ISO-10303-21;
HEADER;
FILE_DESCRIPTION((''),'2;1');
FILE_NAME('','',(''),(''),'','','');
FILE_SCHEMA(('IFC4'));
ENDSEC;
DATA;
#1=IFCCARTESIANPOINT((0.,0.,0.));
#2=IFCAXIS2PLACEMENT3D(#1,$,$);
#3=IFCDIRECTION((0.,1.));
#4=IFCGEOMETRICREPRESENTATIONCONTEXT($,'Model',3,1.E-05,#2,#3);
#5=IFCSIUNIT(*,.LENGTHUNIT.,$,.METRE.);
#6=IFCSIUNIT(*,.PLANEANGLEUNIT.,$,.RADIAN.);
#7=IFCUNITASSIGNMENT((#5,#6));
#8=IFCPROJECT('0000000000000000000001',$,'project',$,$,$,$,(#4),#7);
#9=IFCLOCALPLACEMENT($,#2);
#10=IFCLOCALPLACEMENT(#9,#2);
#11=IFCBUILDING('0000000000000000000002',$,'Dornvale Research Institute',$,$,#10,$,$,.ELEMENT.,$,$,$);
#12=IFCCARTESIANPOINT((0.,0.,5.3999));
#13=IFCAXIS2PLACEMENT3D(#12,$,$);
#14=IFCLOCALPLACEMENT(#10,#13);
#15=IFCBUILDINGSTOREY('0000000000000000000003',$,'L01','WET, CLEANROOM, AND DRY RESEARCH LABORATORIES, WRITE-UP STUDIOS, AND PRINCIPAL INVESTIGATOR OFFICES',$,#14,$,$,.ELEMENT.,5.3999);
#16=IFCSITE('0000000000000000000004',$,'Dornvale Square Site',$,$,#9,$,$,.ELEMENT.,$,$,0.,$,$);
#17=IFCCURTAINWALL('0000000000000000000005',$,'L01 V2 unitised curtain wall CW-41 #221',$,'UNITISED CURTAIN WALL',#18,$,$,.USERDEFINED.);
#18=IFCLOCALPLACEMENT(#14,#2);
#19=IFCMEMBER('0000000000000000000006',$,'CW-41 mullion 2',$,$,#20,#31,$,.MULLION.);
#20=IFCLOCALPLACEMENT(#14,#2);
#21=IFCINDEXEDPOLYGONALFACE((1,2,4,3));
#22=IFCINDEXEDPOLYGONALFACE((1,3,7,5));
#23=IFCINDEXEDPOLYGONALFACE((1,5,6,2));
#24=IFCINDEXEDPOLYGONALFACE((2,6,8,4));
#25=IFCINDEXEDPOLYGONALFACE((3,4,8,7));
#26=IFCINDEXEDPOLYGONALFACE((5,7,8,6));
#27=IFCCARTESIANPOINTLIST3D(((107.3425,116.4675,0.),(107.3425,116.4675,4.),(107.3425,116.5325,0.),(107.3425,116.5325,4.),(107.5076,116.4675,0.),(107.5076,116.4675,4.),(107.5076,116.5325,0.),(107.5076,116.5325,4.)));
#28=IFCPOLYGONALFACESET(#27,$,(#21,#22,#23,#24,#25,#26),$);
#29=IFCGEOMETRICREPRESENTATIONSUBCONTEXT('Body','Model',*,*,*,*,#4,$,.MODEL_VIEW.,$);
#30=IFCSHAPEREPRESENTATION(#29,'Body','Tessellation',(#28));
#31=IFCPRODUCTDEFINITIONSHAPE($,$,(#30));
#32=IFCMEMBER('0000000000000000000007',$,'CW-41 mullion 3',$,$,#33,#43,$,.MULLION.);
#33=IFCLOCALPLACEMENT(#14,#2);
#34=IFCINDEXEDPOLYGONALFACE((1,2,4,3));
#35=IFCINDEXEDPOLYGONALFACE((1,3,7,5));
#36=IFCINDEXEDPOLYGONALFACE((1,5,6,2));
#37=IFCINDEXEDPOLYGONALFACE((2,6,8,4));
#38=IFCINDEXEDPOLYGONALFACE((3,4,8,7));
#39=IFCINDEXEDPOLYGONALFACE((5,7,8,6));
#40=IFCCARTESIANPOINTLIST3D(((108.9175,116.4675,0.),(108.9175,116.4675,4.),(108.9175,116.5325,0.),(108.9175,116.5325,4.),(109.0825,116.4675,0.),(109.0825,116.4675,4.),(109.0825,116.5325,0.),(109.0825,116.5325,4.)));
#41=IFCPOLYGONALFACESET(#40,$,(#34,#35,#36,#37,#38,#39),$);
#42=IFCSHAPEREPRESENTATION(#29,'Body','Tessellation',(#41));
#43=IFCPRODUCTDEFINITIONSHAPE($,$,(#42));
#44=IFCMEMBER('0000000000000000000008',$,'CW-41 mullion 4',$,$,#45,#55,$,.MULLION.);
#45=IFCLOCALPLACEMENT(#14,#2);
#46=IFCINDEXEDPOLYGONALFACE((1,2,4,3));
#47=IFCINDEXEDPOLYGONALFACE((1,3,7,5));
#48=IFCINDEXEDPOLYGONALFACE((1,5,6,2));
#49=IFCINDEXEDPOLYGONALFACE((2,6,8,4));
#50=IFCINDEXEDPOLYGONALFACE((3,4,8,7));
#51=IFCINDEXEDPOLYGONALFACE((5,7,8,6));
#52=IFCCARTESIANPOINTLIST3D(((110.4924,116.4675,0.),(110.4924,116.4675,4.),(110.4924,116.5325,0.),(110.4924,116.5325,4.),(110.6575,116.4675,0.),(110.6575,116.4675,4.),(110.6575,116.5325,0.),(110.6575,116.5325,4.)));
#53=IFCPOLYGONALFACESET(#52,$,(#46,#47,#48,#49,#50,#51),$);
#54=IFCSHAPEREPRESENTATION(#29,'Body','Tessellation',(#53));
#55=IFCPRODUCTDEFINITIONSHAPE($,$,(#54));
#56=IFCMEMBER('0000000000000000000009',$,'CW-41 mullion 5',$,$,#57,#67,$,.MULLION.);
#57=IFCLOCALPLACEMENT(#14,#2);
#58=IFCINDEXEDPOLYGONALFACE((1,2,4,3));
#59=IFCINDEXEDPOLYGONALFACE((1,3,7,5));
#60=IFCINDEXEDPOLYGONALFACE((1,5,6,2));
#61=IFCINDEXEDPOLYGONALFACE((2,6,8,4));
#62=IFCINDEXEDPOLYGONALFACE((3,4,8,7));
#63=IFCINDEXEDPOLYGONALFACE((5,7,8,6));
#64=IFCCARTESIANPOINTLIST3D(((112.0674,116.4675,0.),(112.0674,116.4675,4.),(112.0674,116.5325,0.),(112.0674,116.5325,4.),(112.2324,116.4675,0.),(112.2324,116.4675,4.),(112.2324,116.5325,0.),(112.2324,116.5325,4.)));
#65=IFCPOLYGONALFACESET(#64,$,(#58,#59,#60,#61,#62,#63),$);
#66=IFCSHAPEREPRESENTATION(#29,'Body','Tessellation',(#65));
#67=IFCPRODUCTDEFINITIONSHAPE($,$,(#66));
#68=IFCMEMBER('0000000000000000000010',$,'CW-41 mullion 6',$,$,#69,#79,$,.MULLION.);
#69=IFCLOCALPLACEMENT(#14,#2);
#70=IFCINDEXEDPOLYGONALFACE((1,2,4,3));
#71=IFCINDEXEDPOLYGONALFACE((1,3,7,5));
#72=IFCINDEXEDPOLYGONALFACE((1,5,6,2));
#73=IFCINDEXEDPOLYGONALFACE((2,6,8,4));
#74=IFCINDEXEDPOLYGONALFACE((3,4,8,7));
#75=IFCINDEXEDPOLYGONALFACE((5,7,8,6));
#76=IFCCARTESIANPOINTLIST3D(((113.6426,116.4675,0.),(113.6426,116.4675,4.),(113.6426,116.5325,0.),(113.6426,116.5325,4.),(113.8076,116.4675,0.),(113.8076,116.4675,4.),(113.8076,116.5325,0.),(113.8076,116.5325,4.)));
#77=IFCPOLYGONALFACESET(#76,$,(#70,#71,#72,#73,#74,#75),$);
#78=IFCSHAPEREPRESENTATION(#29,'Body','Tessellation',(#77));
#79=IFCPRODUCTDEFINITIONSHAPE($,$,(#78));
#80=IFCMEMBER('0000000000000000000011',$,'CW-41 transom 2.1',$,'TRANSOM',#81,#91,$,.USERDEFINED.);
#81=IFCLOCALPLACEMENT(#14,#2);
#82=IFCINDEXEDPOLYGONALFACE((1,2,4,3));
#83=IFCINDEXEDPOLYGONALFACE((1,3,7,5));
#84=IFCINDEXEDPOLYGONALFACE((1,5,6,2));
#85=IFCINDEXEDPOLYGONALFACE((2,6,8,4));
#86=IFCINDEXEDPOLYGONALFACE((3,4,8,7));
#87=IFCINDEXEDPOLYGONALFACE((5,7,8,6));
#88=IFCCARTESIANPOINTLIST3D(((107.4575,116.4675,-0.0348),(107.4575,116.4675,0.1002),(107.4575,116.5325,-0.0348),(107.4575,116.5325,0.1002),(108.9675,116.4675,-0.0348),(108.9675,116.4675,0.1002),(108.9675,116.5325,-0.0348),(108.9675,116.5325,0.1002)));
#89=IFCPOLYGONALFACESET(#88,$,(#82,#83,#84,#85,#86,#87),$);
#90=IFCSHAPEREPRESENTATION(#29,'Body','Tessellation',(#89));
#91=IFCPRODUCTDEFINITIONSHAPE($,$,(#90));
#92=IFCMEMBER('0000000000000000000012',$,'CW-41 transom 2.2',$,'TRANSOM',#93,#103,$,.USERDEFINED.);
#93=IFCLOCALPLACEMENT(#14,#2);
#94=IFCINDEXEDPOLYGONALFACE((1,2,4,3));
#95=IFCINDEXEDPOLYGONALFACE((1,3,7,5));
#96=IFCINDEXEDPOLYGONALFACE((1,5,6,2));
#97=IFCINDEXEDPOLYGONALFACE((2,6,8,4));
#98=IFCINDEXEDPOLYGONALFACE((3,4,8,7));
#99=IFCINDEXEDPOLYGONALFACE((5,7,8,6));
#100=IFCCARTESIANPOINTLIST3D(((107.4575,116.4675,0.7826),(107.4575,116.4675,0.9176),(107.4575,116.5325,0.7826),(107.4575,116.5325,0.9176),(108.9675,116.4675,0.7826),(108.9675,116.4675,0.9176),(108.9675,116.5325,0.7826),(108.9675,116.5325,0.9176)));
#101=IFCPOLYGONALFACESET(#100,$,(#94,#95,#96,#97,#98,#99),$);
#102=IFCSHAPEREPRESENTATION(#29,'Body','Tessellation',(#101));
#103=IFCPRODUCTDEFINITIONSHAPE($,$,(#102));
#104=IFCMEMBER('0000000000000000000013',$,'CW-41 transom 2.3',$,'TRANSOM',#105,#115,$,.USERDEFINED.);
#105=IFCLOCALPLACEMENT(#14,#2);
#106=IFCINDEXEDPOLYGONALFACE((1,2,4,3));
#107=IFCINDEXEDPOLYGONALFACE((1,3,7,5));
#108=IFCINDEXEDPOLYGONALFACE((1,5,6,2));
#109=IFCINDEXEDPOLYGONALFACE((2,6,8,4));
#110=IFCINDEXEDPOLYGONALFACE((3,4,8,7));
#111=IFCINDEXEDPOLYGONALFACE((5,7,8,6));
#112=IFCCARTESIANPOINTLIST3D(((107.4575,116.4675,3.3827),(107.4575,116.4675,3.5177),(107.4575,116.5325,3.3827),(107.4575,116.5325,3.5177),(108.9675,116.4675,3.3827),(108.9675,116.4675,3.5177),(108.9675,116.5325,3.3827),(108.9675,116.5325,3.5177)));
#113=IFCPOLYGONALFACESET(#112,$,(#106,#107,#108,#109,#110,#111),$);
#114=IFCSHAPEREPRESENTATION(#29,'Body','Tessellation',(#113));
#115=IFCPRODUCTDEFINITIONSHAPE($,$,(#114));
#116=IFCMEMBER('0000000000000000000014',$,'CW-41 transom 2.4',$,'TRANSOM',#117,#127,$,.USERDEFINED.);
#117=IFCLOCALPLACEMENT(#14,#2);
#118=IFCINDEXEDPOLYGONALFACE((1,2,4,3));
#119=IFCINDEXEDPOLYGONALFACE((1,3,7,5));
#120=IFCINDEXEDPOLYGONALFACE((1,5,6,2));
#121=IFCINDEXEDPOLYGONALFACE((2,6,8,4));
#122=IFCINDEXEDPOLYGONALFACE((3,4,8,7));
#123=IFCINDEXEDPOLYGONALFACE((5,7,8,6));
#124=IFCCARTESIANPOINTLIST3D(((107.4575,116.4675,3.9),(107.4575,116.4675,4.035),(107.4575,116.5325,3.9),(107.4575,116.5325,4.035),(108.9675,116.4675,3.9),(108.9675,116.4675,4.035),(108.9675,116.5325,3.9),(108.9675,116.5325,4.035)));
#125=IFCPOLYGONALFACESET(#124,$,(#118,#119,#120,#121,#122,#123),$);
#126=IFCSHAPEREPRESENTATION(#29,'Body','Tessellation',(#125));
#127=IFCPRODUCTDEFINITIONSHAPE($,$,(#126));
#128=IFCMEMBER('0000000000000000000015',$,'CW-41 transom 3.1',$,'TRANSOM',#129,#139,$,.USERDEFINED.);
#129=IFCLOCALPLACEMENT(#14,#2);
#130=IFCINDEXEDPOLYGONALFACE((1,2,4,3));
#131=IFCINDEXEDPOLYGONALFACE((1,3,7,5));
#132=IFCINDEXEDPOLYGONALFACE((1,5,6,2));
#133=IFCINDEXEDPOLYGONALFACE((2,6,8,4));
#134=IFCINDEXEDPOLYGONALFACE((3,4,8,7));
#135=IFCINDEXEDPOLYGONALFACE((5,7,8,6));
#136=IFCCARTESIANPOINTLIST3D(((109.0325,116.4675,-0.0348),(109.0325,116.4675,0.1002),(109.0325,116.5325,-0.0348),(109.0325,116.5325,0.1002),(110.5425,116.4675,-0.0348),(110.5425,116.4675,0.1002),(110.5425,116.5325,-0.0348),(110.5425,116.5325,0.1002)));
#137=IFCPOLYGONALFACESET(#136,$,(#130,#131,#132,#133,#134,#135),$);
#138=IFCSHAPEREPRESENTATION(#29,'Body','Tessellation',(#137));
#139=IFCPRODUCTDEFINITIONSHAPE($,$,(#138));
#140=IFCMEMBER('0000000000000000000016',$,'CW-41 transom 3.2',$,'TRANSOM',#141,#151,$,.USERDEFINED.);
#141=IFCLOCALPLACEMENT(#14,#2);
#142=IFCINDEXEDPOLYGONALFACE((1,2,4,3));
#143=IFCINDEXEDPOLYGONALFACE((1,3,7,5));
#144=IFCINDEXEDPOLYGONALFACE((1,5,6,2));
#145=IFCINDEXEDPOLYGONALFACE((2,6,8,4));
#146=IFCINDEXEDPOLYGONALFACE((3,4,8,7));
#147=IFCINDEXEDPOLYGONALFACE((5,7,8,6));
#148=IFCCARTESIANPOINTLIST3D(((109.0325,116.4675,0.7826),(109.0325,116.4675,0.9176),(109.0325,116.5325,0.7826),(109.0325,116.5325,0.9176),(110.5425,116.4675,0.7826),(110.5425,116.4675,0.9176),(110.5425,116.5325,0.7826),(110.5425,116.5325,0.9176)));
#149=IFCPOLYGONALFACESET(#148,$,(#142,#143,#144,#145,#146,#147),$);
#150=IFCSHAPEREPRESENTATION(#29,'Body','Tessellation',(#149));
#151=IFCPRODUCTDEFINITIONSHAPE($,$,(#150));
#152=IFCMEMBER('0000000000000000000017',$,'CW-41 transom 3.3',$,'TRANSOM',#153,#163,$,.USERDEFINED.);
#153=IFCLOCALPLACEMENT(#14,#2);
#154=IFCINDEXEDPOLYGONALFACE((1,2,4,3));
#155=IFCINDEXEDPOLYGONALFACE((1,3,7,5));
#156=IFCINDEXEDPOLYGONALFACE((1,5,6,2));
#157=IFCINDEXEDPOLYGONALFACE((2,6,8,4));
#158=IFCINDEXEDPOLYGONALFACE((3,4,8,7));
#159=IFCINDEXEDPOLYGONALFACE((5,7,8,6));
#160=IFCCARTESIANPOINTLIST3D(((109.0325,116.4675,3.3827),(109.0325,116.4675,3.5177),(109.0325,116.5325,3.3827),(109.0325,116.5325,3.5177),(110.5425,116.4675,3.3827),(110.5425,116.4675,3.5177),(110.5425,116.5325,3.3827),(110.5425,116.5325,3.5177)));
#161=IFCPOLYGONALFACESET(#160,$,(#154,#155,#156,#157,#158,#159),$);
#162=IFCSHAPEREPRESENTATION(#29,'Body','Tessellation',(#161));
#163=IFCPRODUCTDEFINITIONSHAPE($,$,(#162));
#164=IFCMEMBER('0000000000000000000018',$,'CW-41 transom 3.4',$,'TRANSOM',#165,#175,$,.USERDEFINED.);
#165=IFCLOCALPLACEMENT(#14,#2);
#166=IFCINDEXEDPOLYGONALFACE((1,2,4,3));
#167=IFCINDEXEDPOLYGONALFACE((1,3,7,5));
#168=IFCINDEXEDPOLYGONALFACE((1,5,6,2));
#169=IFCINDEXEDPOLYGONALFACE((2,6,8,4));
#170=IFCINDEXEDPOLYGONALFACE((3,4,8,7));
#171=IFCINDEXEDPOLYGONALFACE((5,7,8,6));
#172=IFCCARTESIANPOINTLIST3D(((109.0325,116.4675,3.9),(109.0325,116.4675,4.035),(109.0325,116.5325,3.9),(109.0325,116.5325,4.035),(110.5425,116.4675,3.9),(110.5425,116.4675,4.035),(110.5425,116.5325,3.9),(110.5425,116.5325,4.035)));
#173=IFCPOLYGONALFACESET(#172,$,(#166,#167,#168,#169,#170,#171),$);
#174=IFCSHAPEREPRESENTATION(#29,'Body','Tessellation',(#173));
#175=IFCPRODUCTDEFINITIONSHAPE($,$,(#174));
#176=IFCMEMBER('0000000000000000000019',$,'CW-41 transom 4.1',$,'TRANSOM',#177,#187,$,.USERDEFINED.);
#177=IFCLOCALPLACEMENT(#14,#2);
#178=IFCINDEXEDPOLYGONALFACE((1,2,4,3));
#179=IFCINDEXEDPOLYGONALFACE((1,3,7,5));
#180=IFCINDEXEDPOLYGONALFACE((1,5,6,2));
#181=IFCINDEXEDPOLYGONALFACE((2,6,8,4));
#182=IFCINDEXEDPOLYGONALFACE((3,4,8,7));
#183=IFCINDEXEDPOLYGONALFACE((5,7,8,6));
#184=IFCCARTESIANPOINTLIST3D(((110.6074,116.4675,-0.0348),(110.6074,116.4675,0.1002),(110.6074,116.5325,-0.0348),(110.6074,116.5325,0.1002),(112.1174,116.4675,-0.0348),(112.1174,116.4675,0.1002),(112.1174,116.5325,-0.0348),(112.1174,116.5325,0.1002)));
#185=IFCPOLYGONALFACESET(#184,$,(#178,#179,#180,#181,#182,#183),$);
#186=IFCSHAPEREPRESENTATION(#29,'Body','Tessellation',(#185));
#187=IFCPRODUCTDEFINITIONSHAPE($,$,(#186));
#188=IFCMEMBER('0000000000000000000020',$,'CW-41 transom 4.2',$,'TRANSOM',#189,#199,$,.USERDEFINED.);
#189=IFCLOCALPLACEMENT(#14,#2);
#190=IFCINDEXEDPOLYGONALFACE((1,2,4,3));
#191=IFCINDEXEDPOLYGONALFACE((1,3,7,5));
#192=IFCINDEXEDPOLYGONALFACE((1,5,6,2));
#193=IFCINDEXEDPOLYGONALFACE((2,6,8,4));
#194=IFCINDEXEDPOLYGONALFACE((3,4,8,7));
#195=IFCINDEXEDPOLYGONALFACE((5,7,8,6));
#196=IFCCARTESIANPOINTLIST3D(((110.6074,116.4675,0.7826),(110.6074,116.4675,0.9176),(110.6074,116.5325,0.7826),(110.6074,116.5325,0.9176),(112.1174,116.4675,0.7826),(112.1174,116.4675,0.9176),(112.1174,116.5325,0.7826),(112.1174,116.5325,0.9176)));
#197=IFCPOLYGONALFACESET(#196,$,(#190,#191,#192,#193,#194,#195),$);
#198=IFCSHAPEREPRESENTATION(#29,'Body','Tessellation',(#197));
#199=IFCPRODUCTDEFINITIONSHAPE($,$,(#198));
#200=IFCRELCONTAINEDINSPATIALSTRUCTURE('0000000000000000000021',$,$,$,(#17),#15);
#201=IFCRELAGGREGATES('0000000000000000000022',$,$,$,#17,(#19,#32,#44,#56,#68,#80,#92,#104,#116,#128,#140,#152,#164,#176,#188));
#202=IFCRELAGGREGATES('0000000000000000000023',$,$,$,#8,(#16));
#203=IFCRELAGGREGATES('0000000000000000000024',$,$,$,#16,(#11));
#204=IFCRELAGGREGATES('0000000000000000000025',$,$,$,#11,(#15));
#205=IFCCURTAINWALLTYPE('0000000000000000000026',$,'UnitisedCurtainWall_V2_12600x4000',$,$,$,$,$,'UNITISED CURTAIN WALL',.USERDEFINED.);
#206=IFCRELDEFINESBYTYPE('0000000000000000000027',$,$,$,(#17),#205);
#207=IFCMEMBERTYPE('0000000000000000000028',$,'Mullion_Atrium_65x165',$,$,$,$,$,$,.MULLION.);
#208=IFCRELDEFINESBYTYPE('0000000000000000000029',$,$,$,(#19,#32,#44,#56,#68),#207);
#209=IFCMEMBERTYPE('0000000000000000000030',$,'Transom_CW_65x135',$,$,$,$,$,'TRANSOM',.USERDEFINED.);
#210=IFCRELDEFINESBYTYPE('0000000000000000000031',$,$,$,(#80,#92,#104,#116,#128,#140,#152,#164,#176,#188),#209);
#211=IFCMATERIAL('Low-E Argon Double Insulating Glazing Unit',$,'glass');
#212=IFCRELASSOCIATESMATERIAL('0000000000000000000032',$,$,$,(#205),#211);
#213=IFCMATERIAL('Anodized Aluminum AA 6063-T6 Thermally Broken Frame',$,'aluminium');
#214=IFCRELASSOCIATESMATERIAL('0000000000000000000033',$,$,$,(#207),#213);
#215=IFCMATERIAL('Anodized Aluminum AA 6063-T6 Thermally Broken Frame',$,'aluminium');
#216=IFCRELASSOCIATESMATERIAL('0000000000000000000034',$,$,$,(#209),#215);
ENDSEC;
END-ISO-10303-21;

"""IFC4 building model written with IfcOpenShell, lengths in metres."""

from ifc_helpers import new_model, si_unit, direction, frame, origin, origin_2d, place, context, subcontext, project, spatial, rectangle, extrude, material, material_profile, profile_set, type_object, element, aggregate, save


model = new_model("IFC4")

# Units and contexts
model_context = context("Model", 3, precision=1e-05, world=origin(), true_north=direction((0.0, 1.0)))
body_context = subcontext(model_context, "Body", "Model", "MODEL_VIEW")
ifc_project = project(units=[si_unit("LENGTHUNIT", "METRE"), si_unit("PLANEANGLEUNIT", "RADIAN")], contexts=[model_context])

# Site, building, storey
site_placement = place(None, origin())
site = spatial("IfcSite", under=ifc_project, at=site_placement, Name="Dornvale Square Site", CompositionType="ELEMENT", RefElevation=0.0)
building_placement = place(site_placement, origin())
building = spatial("IfcBuilding", under=site, at=building_placement, Name="Dornvale Research Institute", CompositionType="ELEMENT")
storey_placement = place(building_placement, frame((0.0, 0.0, 5.3999)))
storey = spatial("IfcBuildingStorey", under=building, at=storey_placement, Name="L01", Description="WET, CLEANROOM, AND DRY RESEARCH LABORATORIES, WRITE-UP STUDIOS, AND PRINCIPAL INVESTIGATOR OFFICES", CompositionType="ELEMENT", Elevation=5.3999)

# Curtain wall, members
ifc_material_1 = material(Name="Low-E Argon Double Insulating Glazing Unit", Category="glass")
curtain_wall_type = type_object("IfcCurtainWallType", Name="UnitisedCurtainWall_V2_12600x4000", ElementType="UNITISED CURTAIN WALL", PredefinedType="USERDEFINED", material=ifc_material_1)
curtain_wall_placement = place(storey_placement, origin())
curtain_wall = element("IfcCurtainWall", 1, at=curtain_wall_placement, inside=storey, type_object=curtain_wall_type, Name="L01 V2 unitised curtain wall CW-41 #221", ObjectType="UNITISED CURTAIN WALL", PredefinedType="USERDEFINED")
ifc_material_2 = material(Name="Anodized Aluminum AA 6063-T6 Thermally Broken Frame", Category="aluminium")
ifc_material_profile_1 = material_profile(ifc_material_2, rectangle(XDim=0.0649, YDim=0.165, at=origin_2d()), Name="ALU MULLION 65x165")
ifc_profile_set_1 = profile_set([ifc_material_profile_1], Name="Anodized Aluminum AA 6063-T6 Thermally Broken Frame")
member_type_1 = type_object("IfcMemberType", Name="Mullion_Atrium_65x165", PredefinedType="MULLION", material=ifc_profile_set_1)
member_1_placement = place(storey_placement, frame((107.425, 116.5, 0.0), z_axis=(0.0, 0.0, 1.0), x_axis=(0.0, 1.0, 0.0)))
member_1 = element("IfcMember", 2, at=member_1_placement, type_object=member_type_1, Name="CW-41 mullion 2", PredefinedType="MULLION", context=body_context, shape_type="SweptSolid", body=[
    extrude(rectangle(XDim=0.0649, YDim=0.165, at=origin_2d()), origin(), (0.0, 0.0, 1.0), 4.0),
])
member_2_placement = place(storey_placement, frame((109.0, 116.5, 0.0), z_axis=(0.0, 0.0, 1.0), x_axis=(0.0, 1.0, 0.0)))
member_2 = element("IfcMember", 3, at=member_2_placement, type_object=member_type_1, Name="CW-41 mullion 3", PredefinedType="MULLION", context=body_context, shape_type="SweptSolid", body=[
    extrude(rectangle(XDim=0.0649, YDim=0.165, at=origin_2d()), origin(), (0.0, 0.0, 1.0), 4.0),
])
member_3_placement = place(storey_placement, frame((110.575, 116.5, 0.0), z_axis=(0.0, 0.0, 1.0), x_axis=(0.0, 1.0, 0.0)))
member_3 = element("IfcMember", 4, at=member_3_placement, type_object=member_type_1, Name="CW-41 mullion 4", PredefinedType="MULLION", context=body_context, shape_type="SweptSolid", body=[
    extrude(rectangle(XDim=0.0649, YDim=0.165, at=origin_2d()), origin(), (0.0, 0.0, 1.0), 4.0),
])
member_4_placement = place(storey_placement, frame((112.1499, 116.5, 0.0), z_axis=(0.0, 0.0, 1.0), x_axis=(0.0, 1.0, 0.0)))
member_4 = element("IfcMember", 5, at=member_4_placement, type_object=member_type_1, Name="CW-41 mullion 5", PredefinedType="MULLION", context=body_context, shape_type="SweptSolid", body=[
    extrude(rectangle(XDim=0.0649, YDim=0.165, at=origin_2d()), origin(), (0.0, 0.0, 1.0), 4.0),
])
member_5_placement = place(storey_placement, frame((113.7251, 116.5, 0.0), z_axis=(0.0, 0.0, 1.0), x_axis=(0.0, 1.0, 0.0)))
member_5 = element("IfcMember", 6, at=member_5_placement, type_object=member_type_1, Name="CW-41 mullion 6", PredefinedType="MULLION", context=body_context, shape_type="SweptSolid", body=[
    extrude(rectangle(XDim=0.0649, YDim=0.165, at=origin_2d()), origin(), (0.0, 0.0, 1.0), 4.0),
])
ifc_material_3 = material(Name="Anodized Aluminum AA 6063-T6 Thermally Broken Frame", Category="aluminium")
ifc_material_profile_2 = material_profile(ifc_material_3, rectangle(XDim=0.0649, YDim=0.135, at=origin_2d()), Name="ALU TRANSOM 65x135")
ifc_profile_set_2 = profile_set([ifc_material_profile_2], Name="Anodized Aluminum AA 6063-T6 Thermally Broken Frame")
member_type_2 = type_object("IfcMemberType", Name="Transom_CW_65x135", ElementType="TRANSOM", PredefinedType="USERDEFINED", material=ifc_profile_set_2)
member_6_placement = place(storey_placement, frame((107.4575, 116.5, 0.0327), z_axis=(1.0, 0.0, 0.0), x_axis=(0.0, 1.0, 0.0)))
member_6 = element("IfcMember", 7, at=member_6_placement, type_object=member_type_2, Name="CW-41 transom 2.1", ObjectType="TRANSOM", PredefinedType="USERDEFINED", context=body_context, shape_type="SweptSolid", body=[
    extrude(rectangle(XDim=0.0649, YDim=0.135, at=origin_2d()), origin(), (0.0, 0.0, 1.0), 1.51),
])
member_7_placement = place(storey_placement, frame((107.4575, 116.5, 0.8501), z_axis=(1.0, 0.0, 0.0), x_axis=(0.0, 1.0, 0.0)))
member_7 = element("IfcMember", 8, at=member_7_placement, type_object=member_type_2, Name="CW-41 transom 2.2", ObjectType="TRANSOM", PredefinedType="USERDEFINED", context=body_context, shape_type="SweptSolid", body=[
    extrude(rectangle(XDim=0.0649, YDim=0.135, at=origin_2d()), origin(), (0.0, 0.0, 1.0), 1.51),
])
member_8_placement = place(storey_placement, frame((107.4575, 116.5, 3.4502), z_axis=(1.0, 0.0, 0.0), x_axis=(0.0, 1.0, 0.0)))
member_8 = element("IfcMember", 9, at=member_8_placement, type_object=member_type_2, Name="CW-41 transom 2.3", ObjectType="TRANSOM", PredefinedType="USERDEFINED", context=body_context, shape_type="SweptSolid", body=[
    extrude(rectangle(XDim=0.0649, YDim=0.135, at=origin_2d()), origin(), (0.0, 0.0, 1.0), 1.51),
])
member_9_placement = place(storey_placement, frame((107.4575, 116.5, 3.9675), z_axis=(1.0, 0.0, 0.0), x_axis=(0.0, 1.0, 0.0)))
member_9 = element("IfcMember", 10, at=member_9_placement, type_object=member_type_2, Name="CW-41 transom 2.4", ObjectType="TRANSOM", PredefinedType="USERDEFINED", context=body_context, shape_type="SweptSolid", body=[
    extrude(rectangle(XDim=0.0649, YDim=0.135, at=origin_2d()), origin(), (0.0, 0.0, 1.0), 1.51),
])
member_10_placement = place(storey_placement, frame((109.0325, 116.5, 0.0327), z_axis=(1.0, 0.0, 0.0), x_axis=(0.0, 1.0, 0.0)))
member_10 = element("IfcMember", 11, at=member_10_placement, type_object=member_type_2, Name="CW-41 transom 3.1", ObjectType="TRANSOM", PredefinedType="USERDEFINED", context=body_context, shape_type="SweptSolid", body=[
    extrude(rectangle(XDim=0.0649, YDim=0.135, at=origin_2d()), origin(), (0.0, 0.0, 1.0), 1.51),
])
member_11_placement = place(storey_placement, frame((109.0325, 116.5, 0.8501), z_axis=(1.0, 0.0, 0.0), x_axis=(0.0, 1.0, 0.0)))
member_11 = element("IfcMember", 12, at=member_11_placement, type_object=member_type_2, Name="CW-41 transom 3.2", ObjectType="TRANSOM", PredefinedType="USERDEFINED", context=body_context, shape_type="SweptSolid", body=[
    extrude(rectangle(XDim=0.0649, YDim=0.135, at=origin_2d()), origin(), (0.0, 0.0, 1.0), 1.51),
])
member_12_placement = place(storey_placement, frame((109.0325, 116.5, 3.4502), z_axis=(1.0, 0.0, 0.0), x_axis=(0.0, 1.0, 0.0)))
member_12 = element("IfcMember", 13, at=member_12_placement, type_object=member_type_2, Name="CW-41 transom 3.3", ObjectType="TRANSOM", PredefinedType="USERDEFINED", context=body_context, shape_type="SweptSolid", body=[
    extrude(rectangle(XDim=0.0649, YDim=0.135, at=origin_2d()), origin(), (0.0, 0.0, 1.0), 1.51),
])
member_13_placement = place(storey_placement, frame((109.0325, 116.5, 3.9675), z_axis=(1.0, 0.0, 0.0), x_axis=(0.0, 1.0, 0.0)))
member_13 = element("IfcMember", 14, at=member_13_placement, type_object=member_type_2, Name="CW-41 transom 3.4", ObjectType="TRANSOM", PredefinedType="USERDEFINED", context=body_context, shape_type="SweptSolid", body=[
    extrude(rectangle(XDim=0.0649, YDim=0.135, at=origin_2d()), origin(), (0.0, 0.0, 1.0), 1.51),
])
member_14_placement = place(storey_placement, frame((110.6074, 116.5, 0.0327), z_axis=(1.0, 0.0, 0.0), x_axis=(0.0, 1.0, 0.0)))
member_14 = element("IfcMember", 15, at=member_14_placement, type_object=member_type_2, Name="CW-41 transom 4.1", ObjectType="TRANSOM", PredefinedType="USERDEFINED", context=body_context, shape_type="SweptSolid", body=[
    extrude(rectangle(XDim=0.0649, YDim=0.135, at=origin_2d()), origin(), (0.0, 0.0, 1.0), 1.51),
])
member_15_placement = place(storey_placement, frame((110.6074, 116.5, 0.8501), z_axis=(1.0, 0.0, 0.0), x_axis=(0.0, 1.0, 0.0)))
member_15 = element("IfcMember", 16, at=member_15_placement, type_object=member_type_2, Name="CW-41 transom 4.2", ObjectType="TRANSOM", PredefinedType="USERDEFINED", context=body_context, shape_type="SweptSolid", body=[
    extrude(rectangle(XDim=0.0649, YDim=0.135, at=origin_2d()), origin(), (0.0, 0.0, 1.0), 1.51),
])
aggregate(curtain_wall, [member_1, member_2, member_3, member_4, member_5, member_6, member_7, member_8, member_9, member_10, member_11, member_12, member_13, member_14, member_15])

save(model, "model.ifc")
